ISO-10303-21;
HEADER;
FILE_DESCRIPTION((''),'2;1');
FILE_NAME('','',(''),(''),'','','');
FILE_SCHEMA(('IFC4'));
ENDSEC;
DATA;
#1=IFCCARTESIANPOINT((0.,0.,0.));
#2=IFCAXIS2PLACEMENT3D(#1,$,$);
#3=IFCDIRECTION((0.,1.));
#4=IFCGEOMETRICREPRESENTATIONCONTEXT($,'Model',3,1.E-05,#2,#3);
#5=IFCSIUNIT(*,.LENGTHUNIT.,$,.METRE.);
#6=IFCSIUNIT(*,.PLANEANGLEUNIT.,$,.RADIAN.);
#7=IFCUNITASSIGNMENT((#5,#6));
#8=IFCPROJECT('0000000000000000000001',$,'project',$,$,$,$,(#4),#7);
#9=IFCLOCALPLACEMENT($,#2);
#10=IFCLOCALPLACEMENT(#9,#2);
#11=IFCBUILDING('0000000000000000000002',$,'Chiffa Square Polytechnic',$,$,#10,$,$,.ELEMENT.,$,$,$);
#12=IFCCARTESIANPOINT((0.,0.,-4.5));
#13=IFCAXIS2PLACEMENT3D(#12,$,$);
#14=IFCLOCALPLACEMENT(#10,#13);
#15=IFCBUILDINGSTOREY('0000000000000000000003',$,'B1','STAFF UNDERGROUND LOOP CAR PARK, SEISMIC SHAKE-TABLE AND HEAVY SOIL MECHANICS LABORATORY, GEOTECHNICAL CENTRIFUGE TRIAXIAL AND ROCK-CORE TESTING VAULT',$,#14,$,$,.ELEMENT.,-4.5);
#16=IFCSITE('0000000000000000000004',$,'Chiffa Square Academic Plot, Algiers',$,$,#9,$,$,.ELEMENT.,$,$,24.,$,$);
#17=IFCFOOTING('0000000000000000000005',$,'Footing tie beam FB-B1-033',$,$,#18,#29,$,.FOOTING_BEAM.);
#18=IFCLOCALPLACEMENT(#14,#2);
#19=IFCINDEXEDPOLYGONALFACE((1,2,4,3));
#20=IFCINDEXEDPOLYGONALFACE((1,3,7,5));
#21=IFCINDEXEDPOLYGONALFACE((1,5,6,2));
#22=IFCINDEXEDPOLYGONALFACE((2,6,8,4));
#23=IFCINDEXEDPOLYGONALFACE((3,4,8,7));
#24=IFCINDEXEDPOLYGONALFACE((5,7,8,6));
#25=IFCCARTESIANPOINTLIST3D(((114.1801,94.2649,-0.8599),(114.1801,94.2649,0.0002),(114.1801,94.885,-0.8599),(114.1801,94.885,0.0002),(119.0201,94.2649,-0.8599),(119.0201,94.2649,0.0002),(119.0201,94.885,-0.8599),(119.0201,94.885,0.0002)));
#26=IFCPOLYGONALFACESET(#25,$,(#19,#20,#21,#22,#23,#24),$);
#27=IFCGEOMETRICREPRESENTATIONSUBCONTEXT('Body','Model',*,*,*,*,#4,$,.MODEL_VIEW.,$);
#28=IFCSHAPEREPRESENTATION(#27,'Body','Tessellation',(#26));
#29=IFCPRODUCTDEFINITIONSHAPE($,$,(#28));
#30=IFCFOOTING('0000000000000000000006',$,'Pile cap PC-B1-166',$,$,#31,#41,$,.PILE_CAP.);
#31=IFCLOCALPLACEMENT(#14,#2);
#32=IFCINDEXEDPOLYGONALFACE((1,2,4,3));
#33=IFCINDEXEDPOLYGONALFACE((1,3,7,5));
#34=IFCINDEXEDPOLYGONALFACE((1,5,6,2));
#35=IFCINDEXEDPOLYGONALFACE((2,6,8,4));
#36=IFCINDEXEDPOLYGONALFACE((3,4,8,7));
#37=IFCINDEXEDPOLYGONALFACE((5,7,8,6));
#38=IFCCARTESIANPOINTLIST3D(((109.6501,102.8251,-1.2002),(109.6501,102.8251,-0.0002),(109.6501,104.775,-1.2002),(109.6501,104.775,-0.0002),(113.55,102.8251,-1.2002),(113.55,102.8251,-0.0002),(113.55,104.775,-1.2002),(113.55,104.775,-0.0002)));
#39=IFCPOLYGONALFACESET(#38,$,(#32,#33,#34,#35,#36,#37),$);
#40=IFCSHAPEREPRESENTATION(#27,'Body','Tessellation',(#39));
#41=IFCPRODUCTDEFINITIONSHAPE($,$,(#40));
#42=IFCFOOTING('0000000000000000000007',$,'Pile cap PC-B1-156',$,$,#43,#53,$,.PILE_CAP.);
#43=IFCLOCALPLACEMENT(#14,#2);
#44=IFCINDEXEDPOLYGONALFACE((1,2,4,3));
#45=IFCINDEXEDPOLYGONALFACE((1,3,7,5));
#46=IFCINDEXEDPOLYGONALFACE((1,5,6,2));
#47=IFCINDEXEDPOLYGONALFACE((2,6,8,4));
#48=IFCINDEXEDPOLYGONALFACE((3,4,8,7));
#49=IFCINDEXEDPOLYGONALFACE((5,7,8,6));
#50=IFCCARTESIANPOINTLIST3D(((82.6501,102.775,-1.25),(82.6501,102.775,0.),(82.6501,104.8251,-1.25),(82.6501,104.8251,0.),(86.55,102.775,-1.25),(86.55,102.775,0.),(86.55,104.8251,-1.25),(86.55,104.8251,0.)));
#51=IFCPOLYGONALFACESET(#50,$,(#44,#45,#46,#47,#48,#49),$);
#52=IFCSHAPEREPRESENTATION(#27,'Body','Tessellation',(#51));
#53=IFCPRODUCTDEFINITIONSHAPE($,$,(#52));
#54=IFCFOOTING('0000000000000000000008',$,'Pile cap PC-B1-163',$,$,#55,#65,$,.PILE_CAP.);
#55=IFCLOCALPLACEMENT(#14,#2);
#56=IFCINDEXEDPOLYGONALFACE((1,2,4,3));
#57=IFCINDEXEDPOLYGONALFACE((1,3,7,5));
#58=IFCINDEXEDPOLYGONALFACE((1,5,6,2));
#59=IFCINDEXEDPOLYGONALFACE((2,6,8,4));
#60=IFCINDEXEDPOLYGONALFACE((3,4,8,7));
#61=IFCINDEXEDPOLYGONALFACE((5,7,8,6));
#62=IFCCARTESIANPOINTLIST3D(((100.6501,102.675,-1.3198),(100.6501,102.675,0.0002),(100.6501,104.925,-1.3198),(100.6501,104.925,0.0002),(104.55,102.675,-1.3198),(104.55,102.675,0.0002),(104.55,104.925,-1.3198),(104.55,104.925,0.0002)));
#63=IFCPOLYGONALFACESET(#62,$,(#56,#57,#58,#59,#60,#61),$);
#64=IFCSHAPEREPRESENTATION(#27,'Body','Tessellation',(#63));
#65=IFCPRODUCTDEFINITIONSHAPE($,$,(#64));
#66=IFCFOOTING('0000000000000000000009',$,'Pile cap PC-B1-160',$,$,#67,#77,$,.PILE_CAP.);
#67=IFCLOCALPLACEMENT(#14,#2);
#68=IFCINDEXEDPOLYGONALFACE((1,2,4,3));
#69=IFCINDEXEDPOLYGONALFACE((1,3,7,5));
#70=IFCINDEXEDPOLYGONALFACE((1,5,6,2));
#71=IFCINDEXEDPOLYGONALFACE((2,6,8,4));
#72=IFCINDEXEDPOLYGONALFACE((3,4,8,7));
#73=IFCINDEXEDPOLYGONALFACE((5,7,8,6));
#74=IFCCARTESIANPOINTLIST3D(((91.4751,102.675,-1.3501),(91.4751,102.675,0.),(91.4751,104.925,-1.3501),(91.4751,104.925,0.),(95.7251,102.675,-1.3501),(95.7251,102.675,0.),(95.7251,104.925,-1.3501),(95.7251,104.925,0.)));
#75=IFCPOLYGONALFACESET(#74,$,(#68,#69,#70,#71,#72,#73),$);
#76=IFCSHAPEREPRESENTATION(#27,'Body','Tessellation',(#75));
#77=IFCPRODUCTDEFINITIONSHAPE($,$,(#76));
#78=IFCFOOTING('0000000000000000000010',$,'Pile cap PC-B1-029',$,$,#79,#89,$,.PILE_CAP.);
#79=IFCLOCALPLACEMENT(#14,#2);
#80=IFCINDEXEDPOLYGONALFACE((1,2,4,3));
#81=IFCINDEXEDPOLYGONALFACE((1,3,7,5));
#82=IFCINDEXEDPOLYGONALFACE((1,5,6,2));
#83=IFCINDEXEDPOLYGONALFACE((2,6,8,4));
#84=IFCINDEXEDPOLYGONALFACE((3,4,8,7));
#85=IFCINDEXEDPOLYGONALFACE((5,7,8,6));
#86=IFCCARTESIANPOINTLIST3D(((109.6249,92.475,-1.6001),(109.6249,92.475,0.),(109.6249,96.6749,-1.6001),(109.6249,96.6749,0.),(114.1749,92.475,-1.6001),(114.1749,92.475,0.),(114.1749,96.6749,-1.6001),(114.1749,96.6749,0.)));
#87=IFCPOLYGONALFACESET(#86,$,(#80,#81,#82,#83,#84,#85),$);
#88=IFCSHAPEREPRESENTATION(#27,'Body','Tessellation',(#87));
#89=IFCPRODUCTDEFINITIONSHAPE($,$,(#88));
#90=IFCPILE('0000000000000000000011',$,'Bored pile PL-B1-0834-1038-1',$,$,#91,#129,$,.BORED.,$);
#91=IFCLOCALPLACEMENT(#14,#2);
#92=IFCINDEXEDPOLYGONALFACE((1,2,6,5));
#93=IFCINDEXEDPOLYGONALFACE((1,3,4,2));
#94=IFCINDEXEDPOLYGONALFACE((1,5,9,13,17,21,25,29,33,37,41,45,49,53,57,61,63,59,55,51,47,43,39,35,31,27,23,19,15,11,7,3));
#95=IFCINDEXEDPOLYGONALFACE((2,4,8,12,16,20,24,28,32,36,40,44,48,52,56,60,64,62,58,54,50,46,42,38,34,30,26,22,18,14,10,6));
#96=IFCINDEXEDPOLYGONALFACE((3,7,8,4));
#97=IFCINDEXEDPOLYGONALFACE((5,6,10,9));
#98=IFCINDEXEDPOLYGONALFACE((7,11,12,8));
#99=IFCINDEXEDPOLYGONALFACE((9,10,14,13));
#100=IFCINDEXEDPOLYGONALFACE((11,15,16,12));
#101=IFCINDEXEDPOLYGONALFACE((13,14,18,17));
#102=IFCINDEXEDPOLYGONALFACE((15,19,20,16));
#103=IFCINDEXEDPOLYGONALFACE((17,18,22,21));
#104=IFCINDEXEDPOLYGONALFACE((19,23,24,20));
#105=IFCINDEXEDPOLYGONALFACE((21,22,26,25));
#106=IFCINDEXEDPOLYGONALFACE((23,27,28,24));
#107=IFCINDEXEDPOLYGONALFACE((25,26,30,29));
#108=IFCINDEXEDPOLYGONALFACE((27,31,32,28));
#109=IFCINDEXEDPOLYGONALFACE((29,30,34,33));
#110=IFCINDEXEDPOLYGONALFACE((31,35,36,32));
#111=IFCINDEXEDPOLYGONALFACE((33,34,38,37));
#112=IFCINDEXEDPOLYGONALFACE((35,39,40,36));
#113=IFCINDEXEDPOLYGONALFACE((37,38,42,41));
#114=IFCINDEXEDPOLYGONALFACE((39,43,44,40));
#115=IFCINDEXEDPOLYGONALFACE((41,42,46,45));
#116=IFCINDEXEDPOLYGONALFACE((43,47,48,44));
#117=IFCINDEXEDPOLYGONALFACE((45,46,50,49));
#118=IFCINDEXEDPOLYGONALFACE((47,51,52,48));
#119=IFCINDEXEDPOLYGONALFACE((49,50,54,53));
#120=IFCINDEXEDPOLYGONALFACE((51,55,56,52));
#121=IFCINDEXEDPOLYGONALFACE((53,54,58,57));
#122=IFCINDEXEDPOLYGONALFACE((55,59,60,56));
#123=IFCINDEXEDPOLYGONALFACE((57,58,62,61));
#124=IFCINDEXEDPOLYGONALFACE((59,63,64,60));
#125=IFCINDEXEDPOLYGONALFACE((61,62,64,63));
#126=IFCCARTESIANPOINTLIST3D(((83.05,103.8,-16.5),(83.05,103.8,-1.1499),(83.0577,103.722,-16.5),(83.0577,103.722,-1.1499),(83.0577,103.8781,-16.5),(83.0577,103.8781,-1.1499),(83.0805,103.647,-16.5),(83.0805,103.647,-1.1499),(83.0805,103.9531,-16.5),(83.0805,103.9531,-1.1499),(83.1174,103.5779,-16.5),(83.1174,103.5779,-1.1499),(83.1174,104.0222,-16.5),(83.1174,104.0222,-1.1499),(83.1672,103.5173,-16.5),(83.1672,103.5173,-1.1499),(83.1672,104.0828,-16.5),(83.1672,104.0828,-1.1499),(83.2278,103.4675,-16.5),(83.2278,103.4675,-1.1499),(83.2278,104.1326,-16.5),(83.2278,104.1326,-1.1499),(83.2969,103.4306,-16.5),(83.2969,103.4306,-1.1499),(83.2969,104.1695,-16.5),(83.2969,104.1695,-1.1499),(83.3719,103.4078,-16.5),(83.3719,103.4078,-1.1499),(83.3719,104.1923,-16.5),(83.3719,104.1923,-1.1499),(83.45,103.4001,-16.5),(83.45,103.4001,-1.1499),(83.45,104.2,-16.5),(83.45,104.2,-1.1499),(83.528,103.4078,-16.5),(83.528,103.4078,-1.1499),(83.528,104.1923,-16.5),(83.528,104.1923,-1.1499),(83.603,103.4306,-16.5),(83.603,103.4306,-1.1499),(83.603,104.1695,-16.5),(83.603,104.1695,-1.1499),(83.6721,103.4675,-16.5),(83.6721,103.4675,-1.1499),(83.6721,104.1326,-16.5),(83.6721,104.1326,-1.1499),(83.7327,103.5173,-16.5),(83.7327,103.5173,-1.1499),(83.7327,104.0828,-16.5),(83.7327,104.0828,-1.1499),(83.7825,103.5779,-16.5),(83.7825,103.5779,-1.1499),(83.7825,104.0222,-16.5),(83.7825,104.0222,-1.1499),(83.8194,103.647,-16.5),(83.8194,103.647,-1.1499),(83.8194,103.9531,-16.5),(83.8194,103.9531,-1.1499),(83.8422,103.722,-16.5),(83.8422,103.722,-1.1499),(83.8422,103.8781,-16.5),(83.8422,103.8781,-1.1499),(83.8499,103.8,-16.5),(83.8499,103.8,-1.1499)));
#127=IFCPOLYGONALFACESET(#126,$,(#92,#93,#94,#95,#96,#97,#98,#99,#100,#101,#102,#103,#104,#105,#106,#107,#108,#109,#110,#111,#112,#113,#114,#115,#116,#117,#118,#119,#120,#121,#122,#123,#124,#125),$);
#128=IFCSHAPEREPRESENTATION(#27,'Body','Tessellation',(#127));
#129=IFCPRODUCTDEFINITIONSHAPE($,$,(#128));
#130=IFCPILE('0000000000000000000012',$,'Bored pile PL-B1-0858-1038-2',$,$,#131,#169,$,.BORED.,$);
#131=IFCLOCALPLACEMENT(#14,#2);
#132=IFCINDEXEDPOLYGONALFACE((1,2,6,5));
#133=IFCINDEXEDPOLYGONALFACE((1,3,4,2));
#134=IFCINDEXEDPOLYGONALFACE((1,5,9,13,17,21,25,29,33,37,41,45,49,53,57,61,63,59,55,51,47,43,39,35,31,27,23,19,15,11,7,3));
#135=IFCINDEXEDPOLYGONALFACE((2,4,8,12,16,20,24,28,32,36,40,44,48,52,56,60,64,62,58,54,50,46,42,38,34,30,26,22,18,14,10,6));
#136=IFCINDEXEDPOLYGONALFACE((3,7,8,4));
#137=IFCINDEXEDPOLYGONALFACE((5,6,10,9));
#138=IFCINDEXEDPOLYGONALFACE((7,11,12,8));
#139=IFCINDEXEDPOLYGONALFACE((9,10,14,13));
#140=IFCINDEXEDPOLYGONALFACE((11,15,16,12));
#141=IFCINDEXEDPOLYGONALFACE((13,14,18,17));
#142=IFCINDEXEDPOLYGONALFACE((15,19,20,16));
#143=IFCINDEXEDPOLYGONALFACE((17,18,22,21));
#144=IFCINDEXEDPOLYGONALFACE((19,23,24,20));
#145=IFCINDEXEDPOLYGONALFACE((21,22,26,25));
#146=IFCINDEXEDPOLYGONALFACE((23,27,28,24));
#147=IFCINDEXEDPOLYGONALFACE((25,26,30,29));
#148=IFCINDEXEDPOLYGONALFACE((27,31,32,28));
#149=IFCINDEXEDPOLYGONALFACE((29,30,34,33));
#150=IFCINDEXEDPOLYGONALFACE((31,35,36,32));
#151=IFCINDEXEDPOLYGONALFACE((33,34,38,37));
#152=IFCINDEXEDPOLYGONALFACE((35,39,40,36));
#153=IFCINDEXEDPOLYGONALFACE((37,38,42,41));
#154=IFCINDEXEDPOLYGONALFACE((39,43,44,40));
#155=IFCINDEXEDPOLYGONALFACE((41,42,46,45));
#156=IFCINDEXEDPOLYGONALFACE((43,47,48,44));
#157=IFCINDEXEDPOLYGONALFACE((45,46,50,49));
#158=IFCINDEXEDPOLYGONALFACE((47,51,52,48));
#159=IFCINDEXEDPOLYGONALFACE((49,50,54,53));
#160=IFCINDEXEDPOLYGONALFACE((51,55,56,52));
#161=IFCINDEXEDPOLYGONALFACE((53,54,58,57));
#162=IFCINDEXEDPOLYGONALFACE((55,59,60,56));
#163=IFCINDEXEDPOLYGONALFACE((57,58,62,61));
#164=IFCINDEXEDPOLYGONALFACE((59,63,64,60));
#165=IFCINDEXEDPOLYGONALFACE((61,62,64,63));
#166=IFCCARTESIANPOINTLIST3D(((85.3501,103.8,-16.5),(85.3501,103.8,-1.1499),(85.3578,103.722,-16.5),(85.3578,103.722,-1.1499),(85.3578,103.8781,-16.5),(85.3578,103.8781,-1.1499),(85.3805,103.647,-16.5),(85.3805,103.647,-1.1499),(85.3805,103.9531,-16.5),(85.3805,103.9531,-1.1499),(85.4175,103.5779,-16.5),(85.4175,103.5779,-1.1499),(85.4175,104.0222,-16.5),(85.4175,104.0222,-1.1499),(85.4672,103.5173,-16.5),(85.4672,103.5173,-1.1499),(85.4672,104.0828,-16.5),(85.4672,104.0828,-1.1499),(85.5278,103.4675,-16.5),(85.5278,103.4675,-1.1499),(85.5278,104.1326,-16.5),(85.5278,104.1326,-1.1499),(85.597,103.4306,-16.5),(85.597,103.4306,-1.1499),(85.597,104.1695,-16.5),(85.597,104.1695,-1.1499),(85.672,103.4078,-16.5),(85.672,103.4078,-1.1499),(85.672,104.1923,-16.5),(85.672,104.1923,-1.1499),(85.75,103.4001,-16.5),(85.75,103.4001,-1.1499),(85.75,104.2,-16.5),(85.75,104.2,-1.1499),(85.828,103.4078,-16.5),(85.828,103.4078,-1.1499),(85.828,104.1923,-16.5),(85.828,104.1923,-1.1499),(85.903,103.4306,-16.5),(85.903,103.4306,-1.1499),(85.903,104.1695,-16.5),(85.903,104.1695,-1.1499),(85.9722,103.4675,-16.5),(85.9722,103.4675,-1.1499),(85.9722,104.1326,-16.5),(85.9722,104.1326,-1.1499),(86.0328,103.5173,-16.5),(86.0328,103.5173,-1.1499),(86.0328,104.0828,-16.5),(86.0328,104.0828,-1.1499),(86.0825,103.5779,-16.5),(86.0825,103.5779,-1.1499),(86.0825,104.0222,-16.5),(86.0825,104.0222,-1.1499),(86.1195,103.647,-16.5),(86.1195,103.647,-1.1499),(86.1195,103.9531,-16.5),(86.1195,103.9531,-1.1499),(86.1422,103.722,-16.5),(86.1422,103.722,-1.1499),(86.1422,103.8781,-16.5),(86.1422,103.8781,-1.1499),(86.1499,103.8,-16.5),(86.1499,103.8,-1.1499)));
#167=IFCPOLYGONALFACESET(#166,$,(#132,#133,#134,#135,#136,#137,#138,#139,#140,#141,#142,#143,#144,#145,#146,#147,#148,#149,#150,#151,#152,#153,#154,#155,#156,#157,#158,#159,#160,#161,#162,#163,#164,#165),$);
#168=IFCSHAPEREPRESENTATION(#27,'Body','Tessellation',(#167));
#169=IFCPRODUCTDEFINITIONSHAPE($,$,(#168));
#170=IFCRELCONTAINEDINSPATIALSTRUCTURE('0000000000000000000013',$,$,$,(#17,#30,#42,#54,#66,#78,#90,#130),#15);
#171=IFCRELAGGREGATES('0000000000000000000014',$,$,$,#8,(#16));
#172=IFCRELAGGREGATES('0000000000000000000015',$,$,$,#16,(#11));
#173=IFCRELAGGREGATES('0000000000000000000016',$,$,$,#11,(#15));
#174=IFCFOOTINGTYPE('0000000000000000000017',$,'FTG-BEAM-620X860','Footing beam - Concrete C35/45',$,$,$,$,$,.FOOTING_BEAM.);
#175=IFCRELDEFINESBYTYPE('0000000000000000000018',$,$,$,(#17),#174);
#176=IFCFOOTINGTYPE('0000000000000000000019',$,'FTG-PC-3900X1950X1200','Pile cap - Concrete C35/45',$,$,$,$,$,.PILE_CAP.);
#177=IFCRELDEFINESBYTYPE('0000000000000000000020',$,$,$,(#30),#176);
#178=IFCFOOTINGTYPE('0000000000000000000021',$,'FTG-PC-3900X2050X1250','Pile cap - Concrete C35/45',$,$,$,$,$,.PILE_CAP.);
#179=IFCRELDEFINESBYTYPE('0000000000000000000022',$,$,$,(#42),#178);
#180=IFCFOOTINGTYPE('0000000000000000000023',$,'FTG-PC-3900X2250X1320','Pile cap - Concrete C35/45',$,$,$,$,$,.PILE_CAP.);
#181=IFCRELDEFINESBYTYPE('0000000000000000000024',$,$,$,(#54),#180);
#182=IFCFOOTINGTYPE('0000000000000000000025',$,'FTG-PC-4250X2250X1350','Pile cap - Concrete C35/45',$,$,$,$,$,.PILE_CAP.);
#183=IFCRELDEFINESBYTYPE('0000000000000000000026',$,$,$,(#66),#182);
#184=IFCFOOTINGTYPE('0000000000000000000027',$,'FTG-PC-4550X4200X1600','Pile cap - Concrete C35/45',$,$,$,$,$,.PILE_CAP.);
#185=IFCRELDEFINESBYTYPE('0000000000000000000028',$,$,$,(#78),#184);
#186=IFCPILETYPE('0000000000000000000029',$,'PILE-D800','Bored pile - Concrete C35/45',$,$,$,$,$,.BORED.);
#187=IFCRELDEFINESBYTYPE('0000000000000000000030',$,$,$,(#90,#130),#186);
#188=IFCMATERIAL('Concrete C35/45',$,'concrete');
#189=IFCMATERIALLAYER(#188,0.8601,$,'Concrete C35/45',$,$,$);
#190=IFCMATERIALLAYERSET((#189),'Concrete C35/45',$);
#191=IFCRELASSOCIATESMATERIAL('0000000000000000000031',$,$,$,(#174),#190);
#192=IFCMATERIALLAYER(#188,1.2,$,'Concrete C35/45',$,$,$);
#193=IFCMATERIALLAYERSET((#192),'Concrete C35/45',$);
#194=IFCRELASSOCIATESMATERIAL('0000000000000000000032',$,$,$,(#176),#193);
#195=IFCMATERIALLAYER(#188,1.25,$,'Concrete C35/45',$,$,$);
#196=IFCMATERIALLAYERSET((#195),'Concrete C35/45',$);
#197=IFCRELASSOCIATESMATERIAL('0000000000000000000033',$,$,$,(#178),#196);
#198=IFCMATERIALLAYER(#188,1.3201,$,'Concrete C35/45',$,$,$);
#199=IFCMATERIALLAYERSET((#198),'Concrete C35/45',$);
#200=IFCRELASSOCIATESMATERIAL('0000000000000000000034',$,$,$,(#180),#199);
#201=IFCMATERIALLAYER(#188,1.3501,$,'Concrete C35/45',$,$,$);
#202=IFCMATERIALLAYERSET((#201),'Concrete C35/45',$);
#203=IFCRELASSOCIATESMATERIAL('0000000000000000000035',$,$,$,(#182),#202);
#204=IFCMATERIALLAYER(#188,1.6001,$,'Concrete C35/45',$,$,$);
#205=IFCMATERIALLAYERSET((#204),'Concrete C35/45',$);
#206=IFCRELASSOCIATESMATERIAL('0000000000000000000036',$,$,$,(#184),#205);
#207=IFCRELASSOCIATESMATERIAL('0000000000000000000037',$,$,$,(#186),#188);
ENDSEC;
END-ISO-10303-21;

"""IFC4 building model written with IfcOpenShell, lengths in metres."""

from ifc_helpers import new_model, si_unit, direction, frame, origin, origin_2d, place, context, subcontext, project, spatial, rectangle, circle, extrude, material, layer, layer_set, material_profile, profile_set, type_object, element, save


model = new_model("IFC4")

# Units and contexts
model_context = context("Model", 3, precision=1e-05, world=origin(), true_north=direction((0.0, 1.0)))
body_context = subcontext(model_context, "Body", "Model", "MODEL_VIEW")
ifc_project = project(units=[si_unit("LENGTHUNIT", "METRE"), si_unit("PLANEANGLEUNIT", "RADIAN")], contexts=[model_context])

# Site, building, storey
site_placement = place(None, origin())
site = spatial("IfcSite", under=ifc_project, at=site_placement, Name="Chiffa Square Academic Plot, Algiers", CompositionType="ELEMENT", RefElevation=24.0)
building_placement = place(site_placement, origin())
building = spatial("IfcBuilding", under=site, at=building_placement, Name="Chiffa Square Polytechnic", CompositionType="ELEMENT")
storey_placement = place(building_placement, frame((0.0, 0.0, -4.5)))
storey = spatial("IfcBuildingStorey", under=building, at=storey_placement, Name="B1", Description="STAFF UNDERGROUND LOOP CAR PARK, SEISMIC SHAKE-TABLE AND HEAVY SOIL MECHANICS LABORATORY, GEOTECHNICAL CENTRIFUGE TRIAXIAL AND ROCK-CORE TESTING VAULT", CompositionType="ELEMENT", Elevation=-4.5)

# Footings
ifc_material_1 = material(Name="Concrete C35/45", Category="concrete")
ifc_layer_1 = layer(ifc_material_1, 0.8601, Name="Concrete C35/45")
ifc_layer_set_1 = layer_set([ifc_layer_1], Name="Concrete C35/45")
footing_type_1 = type_object("IfcFootingType", Name="FTG-BEAM-620X860", Description="Footing beam - Concrete C35/45", PredefinedType="FOOTING_BEAM", material=ifc_layer_set_1)
footing_1_placement = place(storey_placement, frame((116.6001, 94.575, -0.8599), z_axis=(0.0, 0.0, 1.0), x_axis=(1.0, 0.0, 0.0)))
element("IfcFooting", 1, at=footing_1_placement, inside=storey, type_object=footing_type_1, Name="Footing tie beam FB-B1-033", PredefinedType="FOOTING_BEAM", context=body_context, shape_type="SweptSolid", body=[
    extrude(rectangle(XDim=4.8401, YDim=0.6201, at=origin_2d()), origin(), (0.0, 0.0, 1.0), 0.8601),
])
ifc_layer_2 = layer(ifc_material_1, 1.2, Name="Concrete C35/45")
ifc_layer_set_2 = layer_set([ifc_layer_2], Name="Concrete C35/45")
footing_type_2 = type_object("IfcFootingType", Name="FTG-PC-3900X1950X1200", Description="Pile cap - Concrete C35/45", PredefinedType="PILE_CAP", material=ifc_layer_set_2)
footing_2_placement = place(storey_placement, frame((111.6001, 103.8, -1.2002), z_axis=(0.0, 0.0, 1.0), x_axis=(1.0, 0.0, 0.0)))
element("IfcFooting", 2, at=footing_2_placement, inside=storey, type_object=footing_type_2, Name="Pile cap PC-B1-166", PredefinedType="PILE_CAP", context=body_context, shape_type="SweptSolid", body=[
    extrude(rectangle(XDim=3.8999, YDim=1.95, at=origin_2d()), origin(), (0.0, 0.0, 1.0), 1.2),
])
ifc_layer_3 = layer(ifc_material_1, 1.25, Name="Concrete C35/45")
ifc_layer_set_3 = layer_set([ifc_layer_3], Name="Concrete C35/45")
footing_type_3 = type_object("IfcFootingType", Name="FTG-PC-3900X2050X1250", Description="Pile cap - Concrete C35/45", PredefinedType="PILE_CAP", material=ifc_layer_set_3)
footing_3_placement = place(storey_placement, frame((84.6001, 103.8, -1.25), z_axis=(0.0, 0.0, 1.0), x_axis=(1.0, 0.0, 0.0)))
element("IfcFooting", 3, at=footing_3_placement, inside=storey, type_object=footing_type_3, Name="Pile cap PC-B1-156", PredefinedType="PILE_CAP", context=body_context, shape_type="SweptSolid", body=[
    extrude(rectangle(XDim=3.8999, YDim=2.05, at=origin_2d()), origin(), (0.0, 0.0, 1.0), 1.25),
])
ifc_layer_4 = layer(ifc_material_1, 1.3201, Name="Concrete C35/45")
ifc_layer_set_4 = layer_set([ifc_layer_4], Name="Concrete C35/45")
footing_type_4 = type_object("IfcFootingType", Name="FTG-PC-3900X2250X1320", Description="Pile cap - Concrete C35/45", PredefinedType="PILE_CAP", material=ifc_layer_set_4)
footing_4_placement = place(storey_placement, frame((102.6001, 103.8, -1.3198), z_axis=(0.0, 0.0, 1.0), x_axis=(1.0, 0.0, 0.0)))
element("IfcFooting", 4, at=footing_4_placement, inside=storey, type_object=footing_type_4, Name="Pile cap PC-B1-163", PredefinedType="PILE_CAP", context=body_context, shape_type="SweptSolid", body=[
    extrude(rectangle(XDim=3.8999, YDim=2.25, at=origin_2d()), origin(), (0.0, 0.0, 1.0), 1.3201),
])
ifc_layer_5 = layer(ifc_material_1, 1.3501, Name="Concrete C35/45")
ifc_layer_set_5 = layer_set([ifc_layer_5], Name="Concrete C35/45")
footing_type_5 = type_object("IfcFootingType", Name="FTG-PC-4250X2250X1350", Description="Pile cap - Concrete C35/45", PredefinedType="PILE_CAP", material=ifc_layer_set_5)
footing_5_placement = place(storey_placement, frame((93.6001, 103.8, -1.3501), z_axis=(0.0, 0.0, 1.0), x_axis=(1.0, 0.0, 0.0)))
element("IfcFooting", 5, at=footing_5_placement, inside=storey, type_object=footing_type_5, Name="Pile cap PC-B1-160", PredefinedType="PILE_CAP", context=body_context, shape_type="SweptSolid", body=[
    extrude(rectangle(XDim=4.25, YDim=2.25, at=origin_2d()), origin(), (0.0, 0.0, 1.0), 1.3501),
])
ifc_layer_6 = layer(ifc_material_1, 1.6001, Name="Concrete C35/45")
ifc_layer_set_6 = layer_set([ifc_layer_6], Name="Concrete C35/45")
footing_type_6 = type_object("IfcFootingType", Name="FTG-PC-4550X4200X1600", Description="Pile cap - Concrete C35/45", PredefinedType="PILE_CAP", material=ifc_layer_set_6)
footing_6_placement = place(storey_placement, frame((111.8999, 94.575, -1.6001), z_axis=(0.0, 0.0, 1.0), x_axis=(1.0, 0.0, 0.0)))
element("IfcFooting", 6, at=footing_6_placement, inside=storey, type_object=footing_type_6, Name="Pile cap PC-B1-029", PredefinedType="PILE_CAP", context=body_context, shape_type="SweptSolid", body=[
    extrude(rectangle(XDim=4.55, YDim=4.2, at=origin_2d()), origin(), (0.0, 0.0, 1.0), 1.6001),
])

# Piles
ifc_material_profile_1 = material_profile(ifc_material_1, circle(Radius=0.3999, at=origin_2d()), Name="PILE D800")
ifc_profile_set_1 = profile_set([ifc_material_profile_1], Name="Concrete C35/45")
pile_type_1 = type_object("IfcPileType", Name="PILE-D800", Description="Bored pile - Concrete C35/45", PredefinedType="BORED", material=ifc_profile_set_1)
for number, where, z_axis, x_axis, name in (
    (7, (83.45, 103.8, -1.1499), (0.0, 0.0, -1.0), (1.0, 0.0, 0.0), "Bored pile PL-B1-0834-1038-1"),
    (8, (85.75, 103.8, -1.1499), (0.0, 0.0, -1.0), (1.0, 0.0, 0.0), "Bored pile PL-B1-0858-1038-2"),
):
    element("IfcPile", number, at=place(storey_placement, frame(where, z_axis=z_axis, x_axis=x_axis)), inside=storey, type_object=pile_type_1, Name=name, PredefinedType="BORED", context=body_context, shape_type="SweptSolid", body=[
        extrude(circle(Radius=0.3999, at=origin_2d()), origin(), (0.0, 0.0, 1.0), 15.3501),
    ])

save(model, "model.ifc")
